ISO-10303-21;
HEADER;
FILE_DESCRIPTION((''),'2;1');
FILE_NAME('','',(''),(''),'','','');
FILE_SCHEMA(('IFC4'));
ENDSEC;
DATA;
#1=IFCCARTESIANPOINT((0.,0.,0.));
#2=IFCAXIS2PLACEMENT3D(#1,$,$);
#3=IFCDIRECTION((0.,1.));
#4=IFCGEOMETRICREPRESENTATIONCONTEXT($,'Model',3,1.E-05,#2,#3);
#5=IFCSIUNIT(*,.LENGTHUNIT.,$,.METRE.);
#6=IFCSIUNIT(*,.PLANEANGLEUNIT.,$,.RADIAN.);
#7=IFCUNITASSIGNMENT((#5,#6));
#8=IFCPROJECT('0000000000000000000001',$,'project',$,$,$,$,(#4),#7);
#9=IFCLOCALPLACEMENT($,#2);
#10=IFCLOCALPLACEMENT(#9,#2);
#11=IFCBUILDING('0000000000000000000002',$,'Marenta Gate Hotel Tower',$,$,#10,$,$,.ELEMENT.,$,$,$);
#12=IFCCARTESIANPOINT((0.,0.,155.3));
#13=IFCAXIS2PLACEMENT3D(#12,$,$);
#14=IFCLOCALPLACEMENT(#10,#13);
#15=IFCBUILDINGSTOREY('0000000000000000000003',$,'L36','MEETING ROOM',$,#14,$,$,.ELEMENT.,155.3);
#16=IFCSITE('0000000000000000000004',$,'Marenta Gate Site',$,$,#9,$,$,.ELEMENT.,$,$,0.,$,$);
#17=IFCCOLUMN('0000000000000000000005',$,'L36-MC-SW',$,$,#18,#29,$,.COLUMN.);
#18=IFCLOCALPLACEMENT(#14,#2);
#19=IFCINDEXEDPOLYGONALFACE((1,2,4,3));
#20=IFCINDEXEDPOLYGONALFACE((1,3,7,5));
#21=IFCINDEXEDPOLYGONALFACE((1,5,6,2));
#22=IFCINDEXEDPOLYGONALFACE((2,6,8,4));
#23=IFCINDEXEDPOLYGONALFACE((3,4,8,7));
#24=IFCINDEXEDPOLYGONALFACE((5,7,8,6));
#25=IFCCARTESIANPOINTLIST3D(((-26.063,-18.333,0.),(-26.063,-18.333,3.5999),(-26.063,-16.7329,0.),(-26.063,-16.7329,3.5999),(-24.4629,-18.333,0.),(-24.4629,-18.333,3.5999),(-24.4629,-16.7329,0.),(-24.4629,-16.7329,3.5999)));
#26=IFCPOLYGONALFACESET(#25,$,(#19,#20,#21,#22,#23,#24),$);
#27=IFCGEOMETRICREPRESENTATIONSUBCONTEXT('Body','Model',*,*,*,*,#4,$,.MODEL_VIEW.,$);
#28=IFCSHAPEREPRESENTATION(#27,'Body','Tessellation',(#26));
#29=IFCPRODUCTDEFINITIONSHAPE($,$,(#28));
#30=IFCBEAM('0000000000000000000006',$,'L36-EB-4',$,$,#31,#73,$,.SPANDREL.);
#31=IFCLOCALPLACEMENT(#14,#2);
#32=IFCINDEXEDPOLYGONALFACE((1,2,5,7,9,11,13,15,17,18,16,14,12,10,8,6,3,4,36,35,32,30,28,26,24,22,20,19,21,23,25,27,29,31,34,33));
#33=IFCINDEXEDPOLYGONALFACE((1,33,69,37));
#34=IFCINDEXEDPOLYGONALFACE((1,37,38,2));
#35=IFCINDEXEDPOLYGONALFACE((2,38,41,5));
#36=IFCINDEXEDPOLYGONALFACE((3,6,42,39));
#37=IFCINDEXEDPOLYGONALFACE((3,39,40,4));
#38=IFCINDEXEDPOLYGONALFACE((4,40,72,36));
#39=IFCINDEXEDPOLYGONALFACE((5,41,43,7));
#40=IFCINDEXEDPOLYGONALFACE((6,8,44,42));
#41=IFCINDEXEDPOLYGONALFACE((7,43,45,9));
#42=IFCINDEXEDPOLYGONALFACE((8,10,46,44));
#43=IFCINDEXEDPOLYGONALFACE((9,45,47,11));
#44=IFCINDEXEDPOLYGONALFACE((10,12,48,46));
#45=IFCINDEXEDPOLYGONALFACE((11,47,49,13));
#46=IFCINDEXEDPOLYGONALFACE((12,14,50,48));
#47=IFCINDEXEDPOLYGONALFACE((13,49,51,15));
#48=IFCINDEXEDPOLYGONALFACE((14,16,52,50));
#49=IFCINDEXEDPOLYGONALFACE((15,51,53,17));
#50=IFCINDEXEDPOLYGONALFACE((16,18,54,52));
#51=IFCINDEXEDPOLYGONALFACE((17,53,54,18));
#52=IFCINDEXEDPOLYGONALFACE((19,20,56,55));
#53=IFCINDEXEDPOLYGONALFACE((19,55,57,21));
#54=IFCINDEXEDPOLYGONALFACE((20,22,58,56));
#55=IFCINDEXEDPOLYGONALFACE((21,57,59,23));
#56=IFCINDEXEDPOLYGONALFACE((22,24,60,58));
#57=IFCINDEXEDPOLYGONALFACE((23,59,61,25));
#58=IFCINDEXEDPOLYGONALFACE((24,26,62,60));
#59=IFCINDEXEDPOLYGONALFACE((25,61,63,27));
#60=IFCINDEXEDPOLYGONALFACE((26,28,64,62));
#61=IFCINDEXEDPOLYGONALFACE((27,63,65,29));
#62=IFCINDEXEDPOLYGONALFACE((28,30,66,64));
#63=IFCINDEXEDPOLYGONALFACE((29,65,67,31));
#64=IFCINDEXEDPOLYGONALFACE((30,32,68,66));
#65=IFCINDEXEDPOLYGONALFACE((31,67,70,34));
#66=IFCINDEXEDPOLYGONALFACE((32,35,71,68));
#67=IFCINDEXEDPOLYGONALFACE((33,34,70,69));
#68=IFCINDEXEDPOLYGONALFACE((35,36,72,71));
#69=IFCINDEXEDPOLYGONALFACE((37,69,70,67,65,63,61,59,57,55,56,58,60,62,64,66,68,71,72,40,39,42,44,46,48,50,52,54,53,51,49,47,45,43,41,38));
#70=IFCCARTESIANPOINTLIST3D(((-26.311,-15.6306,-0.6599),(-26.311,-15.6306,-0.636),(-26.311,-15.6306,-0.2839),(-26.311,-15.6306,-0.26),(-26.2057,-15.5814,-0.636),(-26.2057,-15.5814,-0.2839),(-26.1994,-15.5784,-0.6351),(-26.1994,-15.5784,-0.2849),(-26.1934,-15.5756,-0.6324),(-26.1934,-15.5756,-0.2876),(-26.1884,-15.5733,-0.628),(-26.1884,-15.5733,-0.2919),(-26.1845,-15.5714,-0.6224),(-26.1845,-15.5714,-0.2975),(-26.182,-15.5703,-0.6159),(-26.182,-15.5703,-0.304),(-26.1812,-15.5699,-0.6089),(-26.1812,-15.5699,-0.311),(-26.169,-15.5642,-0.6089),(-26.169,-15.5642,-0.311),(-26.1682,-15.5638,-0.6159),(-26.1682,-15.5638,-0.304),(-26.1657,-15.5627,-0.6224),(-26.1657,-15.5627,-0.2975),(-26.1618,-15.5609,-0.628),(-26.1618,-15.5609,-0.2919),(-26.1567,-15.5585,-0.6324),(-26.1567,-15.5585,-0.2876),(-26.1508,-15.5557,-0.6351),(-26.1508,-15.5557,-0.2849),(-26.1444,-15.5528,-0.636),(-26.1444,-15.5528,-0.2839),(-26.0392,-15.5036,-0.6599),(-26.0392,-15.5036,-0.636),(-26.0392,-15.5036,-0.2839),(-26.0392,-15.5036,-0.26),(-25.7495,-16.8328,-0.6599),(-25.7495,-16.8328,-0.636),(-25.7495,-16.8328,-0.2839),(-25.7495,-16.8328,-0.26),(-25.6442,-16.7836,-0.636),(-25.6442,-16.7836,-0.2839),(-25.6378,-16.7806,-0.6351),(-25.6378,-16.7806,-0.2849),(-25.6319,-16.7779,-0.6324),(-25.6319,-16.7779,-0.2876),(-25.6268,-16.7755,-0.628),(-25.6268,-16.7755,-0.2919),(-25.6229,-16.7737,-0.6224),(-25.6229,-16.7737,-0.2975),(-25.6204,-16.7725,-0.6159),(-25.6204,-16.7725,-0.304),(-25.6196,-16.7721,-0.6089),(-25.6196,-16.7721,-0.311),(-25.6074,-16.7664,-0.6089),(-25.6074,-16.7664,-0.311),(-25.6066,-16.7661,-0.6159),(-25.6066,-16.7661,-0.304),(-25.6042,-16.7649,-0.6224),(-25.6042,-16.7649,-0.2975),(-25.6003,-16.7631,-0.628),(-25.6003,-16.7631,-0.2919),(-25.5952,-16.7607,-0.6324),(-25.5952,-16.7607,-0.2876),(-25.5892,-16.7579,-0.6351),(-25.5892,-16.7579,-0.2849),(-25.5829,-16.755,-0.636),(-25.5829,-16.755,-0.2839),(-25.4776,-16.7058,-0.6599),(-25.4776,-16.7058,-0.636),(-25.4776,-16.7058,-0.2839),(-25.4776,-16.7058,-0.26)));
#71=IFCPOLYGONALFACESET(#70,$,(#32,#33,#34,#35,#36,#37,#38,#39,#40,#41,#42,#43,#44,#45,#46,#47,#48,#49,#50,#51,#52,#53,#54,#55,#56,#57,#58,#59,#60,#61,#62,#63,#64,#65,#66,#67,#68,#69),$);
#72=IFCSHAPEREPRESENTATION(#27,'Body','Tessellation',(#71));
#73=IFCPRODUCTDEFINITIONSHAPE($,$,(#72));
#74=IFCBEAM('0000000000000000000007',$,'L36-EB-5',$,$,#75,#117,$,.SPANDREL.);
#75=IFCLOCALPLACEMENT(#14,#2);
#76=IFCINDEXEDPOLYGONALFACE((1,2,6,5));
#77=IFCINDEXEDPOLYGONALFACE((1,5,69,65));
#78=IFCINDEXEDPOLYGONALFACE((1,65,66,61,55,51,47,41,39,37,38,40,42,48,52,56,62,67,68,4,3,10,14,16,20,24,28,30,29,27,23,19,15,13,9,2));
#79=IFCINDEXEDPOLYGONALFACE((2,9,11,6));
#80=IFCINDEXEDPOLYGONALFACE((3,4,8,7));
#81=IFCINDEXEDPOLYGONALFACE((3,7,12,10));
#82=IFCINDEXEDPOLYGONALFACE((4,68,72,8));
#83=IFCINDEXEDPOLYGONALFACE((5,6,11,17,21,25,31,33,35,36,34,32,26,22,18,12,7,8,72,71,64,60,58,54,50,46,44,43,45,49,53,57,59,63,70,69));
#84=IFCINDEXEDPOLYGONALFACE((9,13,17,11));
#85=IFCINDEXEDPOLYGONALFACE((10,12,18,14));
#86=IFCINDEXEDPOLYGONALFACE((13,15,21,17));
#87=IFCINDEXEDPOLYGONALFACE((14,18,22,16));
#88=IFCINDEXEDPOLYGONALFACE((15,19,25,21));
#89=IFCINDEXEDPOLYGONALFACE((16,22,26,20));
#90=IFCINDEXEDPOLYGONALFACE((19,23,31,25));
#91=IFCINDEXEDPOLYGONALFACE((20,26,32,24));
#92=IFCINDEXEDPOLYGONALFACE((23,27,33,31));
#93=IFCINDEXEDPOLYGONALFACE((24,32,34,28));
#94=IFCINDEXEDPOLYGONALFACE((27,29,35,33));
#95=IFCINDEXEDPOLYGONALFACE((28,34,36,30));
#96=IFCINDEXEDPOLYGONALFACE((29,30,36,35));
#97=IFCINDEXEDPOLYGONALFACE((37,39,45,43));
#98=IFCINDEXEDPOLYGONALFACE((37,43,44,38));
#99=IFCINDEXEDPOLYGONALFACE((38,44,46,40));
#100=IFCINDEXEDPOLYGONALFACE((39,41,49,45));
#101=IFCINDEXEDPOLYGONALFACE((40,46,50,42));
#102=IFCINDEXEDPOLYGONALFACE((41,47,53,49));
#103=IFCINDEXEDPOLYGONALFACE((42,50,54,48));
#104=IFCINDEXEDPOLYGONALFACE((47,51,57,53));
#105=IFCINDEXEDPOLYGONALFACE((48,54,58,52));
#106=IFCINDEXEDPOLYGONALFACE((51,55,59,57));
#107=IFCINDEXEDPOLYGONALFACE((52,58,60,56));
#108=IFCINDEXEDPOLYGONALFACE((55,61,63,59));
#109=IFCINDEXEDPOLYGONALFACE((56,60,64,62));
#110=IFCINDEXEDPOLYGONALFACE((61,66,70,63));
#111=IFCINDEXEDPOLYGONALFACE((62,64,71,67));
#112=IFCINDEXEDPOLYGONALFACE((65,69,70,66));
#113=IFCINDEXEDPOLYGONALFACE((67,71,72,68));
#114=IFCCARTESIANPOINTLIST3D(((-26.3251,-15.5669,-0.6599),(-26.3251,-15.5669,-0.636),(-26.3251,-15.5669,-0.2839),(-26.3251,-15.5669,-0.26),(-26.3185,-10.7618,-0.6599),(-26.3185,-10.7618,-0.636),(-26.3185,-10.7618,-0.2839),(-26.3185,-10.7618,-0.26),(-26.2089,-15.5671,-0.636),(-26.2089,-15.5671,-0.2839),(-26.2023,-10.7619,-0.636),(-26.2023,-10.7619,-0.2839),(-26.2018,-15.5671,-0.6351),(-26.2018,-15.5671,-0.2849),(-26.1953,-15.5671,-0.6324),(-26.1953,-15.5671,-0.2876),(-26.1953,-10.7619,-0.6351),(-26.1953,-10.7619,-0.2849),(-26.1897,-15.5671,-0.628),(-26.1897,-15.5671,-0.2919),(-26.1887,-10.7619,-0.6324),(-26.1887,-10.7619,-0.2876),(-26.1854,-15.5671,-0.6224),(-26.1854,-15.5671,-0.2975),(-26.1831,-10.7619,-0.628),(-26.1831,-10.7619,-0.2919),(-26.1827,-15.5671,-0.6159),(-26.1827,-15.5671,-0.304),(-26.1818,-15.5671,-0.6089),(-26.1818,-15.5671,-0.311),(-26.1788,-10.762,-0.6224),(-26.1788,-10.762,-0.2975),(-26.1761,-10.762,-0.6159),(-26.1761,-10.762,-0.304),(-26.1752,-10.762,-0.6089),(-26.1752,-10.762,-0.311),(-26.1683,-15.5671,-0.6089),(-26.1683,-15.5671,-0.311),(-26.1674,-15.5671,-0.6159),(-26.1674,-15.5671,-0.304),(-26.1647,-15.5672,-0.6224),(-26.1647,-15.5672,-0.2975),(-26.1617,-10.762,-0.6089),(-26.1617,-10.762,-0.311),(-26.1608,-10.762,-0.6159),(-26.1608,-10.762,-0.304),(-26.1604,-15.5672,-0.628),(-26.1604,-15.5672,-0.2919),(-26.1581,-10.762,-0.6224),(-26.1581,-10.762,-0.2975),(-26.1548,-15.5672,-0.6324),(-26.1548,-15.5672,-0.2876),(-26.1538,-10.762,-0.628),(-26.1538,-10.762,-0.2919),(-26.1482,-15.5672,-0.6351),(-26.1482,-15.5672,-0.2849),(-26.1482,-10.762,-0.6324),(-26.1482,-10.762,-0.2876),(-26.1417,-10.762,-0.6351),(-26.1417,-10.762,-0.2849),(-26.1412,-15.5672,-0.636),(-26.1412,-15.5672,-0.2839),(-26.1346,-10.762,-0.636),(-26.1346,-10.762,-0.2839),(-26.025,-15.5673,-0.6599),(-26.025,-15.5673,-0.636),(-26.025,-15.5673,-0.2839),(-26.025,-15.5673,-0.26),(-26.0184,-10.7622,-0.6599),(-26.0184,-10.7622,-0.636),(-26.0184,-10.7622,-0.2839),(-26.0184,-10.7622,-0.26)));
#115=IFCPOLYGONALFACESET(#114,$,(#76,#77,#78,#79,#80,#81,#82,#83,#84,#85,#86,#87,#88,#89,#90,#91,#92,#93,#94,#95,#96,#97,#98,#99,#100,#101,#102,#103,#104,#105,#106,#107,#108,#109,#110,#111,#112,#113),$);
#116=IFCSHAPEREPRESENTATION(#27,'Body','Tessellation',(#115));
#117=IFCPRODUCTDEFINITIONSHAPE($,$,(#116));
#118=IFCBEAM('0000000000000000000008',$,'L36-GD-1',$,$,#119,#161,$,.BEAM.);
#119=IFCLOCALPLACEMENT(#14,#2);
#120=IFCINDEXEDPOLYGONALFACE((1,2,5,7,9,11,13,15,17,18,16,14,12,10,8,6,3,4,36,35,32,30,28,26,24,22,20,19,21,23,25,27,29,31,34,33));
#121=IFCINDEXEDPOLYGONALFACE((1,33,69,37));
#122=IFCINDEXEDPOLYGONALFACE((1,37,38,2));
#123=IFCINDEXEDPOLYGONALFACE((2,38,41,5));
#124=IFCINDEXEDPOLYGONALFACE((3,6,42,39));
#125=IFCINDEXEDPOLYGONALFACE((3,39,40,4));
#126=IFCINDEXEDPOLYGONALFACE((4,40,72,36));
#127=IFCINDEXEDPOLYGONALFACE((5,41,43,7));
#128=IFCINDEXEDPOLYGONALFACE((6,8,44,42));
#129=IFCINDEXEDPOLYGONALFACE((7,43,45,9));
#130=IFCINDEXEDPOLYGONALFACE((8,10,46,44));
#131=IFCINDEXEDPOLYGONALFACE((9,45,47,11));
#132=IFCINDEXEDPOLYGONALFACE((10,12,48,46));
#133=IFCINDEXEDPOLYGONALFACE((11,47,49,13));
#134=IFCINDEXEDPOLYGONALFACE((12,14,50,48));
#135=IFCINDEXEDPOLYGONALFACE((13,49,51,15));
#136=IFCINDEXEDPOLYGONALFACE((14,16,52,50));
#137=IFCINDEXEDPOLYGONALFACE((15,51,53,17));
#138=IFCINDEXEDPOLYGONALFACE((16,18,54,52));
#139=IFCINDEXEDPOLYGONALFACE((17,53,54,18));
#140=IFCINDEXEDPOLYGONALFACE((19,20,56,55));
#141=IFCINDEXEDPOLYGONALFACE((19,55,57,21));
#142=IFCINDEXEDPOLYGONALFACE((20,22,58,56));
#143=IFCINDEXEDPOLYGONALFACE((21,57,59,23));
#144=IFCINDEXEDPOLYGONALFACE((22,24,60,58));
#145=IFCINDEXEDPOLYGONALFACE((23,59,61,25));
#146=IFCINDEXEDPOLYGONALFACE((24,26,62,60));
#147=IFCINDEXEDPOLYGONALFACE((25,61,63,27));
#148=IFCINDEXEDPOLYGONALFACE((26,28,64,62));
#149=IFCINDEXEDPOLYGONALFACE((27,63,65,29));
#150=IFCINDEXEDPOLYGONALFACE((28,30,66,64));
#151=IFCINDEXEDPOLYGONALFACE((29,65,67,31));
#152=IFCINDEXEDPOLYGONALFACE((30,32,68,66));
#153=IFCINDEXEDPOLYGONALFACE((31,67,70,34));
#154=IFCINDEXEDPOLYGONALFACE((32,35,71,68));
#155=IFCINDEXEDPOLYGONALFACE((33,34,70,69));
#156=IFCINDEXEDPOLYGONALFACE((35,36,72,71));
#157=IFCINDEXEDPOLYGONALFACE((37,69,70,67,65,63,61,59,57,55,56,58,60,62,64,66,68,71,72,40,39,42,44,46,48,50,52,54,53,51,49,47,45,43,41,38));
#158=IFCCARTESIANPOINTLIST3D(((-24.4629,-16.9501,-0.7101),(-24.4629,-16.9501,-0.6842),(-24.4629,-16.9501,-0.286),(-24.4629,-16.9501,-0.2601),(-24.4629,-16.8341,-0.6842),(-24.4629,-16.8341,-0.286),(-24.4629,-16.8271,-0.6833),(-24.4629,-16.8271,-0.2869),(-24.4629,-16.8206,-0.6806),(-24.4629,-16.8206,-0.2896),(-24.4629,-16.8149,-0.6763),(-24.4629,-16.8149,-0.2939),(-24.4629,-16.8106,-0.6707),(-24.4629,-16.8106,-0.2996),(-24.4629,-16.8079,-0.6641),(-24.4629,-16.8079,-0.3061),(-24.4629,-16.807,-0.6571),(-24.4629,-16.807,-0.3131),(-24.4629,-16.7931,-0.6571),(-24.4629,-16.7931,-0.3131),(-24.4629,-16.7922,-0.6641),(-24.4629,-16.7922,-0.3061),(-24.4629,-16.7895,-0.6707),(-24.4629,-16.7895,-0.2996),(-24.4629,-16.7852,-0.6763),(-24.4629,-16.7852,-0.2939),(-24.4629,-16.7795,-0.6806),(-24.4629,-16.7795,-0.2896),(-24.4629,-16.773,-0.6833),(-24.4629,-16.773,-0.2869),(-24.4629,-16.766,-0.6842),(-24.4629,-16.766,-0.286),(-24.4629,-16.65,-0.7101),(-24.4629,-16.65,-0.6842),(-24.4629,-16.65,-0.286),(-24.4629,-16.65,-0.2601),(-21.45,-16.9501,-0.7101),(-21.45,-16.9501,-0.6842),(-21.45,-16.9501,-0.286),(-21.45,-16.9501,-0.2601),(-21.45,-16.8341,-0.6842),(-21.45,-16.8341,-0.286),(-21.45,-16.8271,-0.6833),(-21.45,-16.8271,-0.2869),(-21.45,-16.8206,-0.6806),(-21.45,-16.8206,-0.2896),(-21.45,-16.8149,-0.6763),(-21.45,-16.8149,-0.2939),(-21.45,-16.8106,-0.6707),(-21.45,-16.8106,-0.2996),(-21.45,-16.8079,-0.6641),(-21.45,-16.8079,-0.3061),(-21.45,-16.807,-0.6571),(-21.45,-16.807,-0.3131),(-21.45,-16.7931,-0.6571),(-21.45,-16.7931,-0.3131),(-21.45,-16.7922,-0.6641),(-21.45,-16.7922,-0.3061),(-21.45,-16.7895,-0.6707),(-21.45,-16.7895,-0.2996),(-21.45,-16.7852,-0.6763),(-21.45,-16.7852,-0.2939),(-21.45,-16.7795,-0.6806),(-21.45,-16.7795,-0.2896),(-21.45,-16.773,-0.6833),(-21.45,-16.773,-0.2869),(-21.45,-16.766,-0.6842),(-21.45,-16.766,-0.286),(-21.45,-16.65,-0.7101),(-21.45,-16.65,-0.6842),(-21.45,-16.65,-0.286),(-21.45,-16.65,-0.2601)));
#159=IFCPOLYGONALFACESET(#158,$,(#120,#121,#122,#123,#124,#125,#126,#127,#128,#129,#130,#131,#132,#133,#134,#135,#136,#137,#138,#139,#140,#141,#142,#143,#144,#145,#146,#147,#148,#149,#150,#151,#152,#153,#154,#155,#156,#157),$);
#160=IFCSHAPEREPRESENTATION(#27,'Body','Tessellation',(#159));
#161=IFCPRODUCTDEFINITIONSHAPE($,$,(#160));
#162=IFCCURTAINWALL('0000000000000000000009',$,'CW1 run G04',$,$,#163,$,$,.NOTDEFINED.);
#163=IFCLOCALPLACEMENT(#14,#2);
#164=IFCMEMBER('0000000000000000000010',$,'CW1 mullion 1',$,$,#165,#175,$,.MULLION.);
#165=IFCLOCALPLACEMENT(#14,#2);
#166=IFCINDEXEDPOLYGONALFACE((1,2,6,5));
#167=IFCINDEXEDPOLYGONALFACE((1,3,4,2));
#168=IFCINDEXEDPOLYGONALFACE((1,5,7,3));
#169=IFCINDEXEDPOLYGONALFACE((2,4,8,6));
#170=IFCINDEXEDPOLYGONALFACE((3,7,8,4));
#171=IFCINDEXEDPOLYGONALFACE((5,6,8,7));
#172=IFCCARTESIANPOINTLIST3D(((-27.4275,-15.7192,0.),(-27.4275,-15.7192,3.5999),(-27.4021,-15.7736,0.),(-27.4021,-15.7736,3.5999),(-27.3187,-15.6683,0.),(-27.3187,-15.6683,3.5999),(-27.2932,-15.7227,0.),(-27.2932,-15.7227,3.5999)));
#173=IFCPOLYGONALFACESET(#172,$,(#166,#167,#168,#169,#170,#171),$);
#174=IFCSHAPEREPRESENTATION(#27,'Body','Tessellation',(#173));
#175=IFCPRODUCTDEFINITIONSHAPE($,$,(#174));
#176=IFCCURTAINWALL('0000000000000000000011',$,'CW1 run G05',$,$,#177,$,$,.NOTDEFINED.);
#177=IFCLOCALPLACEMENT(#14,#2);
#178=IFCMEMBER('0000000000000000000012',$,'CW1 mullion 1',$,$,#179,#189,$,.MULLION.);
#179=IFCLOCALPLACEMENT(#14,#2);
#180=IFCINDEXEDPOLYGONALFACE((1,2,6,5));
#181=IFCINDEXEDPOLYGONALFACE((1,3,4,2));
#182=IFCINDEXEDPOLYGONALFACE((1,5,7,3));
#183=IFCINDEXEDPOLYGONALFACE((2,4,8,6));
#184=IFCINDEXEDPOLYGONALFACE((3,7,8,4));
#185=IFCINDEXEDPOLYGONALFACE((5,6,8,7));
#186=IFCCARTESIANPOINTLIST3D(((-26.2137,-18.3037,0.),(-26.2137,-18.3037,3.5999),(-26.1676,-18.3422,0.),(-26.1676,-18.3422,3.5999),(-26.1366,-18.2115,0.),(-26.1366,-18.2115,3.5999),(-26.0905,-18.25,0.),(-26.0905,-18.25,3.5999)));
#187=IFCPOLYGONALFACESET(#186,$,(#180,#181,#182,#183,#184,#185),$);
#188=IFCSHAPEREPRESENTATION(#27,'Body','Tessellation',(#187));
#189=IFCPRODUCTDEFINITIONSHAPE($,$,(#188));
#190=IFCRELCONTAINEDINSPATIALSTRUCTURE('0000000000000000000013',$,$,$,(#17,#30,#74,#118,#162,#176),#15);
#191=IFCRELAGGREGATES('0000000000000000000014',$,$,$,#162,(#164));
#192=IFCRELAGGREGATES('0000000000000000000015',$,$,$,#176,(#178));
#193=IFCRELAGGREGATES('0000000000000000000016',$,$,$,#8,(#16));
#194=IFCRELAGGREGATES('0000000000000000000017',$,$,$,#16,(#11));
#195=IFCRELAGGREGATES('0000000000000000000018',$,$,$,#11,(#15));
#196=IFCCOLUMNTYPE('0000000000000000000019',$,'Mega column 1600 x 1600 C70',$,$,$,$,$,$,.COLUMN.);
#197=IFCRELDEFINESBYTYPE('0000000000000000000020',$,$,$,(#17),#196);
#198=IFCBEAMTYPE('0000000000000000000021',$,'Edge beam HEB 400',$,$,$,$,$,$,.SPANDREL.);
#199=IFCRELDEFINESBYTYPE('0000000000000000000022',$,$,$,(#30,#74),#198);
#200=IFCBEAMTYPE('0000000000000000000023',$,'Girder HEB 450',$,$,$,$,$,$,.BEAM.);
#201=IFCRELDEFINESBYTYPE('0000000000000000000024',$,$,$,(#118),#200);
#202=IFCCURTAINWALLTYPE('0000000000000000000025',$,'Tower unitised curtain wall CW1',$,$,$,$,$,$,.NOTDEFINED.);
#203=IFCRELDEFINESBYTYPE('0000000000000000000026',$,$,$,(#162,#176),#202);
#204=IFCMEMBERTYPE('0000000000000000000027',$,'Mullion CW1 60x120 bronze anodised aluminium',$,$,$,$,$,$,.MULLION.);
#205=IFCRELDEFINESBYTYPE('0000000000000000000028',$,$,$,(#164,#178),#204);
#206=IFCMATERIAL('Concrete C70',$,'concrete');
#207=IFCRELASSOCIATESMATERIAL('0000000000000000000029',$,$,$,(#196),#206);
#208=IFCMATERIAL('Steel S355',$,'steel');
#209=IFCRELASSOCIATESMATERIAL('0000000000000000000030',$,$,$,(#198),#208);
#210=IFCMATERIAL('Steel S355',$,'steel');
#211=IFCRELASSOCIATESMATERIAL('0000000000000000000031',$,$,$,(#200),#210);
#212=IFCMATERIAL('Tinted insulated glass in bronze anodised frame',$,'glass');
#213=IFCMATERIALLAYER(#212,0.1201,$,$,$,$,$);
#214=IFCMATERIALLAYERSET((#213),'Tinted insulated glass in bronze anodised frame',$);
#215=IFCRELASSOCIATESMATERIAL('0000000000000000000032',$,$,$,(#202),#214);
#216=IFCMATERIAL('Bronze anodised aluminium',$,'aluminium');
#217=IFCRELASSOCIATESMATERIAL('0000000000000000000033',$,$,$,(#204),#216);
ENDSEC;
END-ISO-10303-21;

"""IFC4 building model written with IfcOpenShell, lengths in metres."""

from ifc_helpers import new_model, si_unit, direction, frame, origin, origin_2d, place, context, subcontext, project, spatial, rectangle, i_section, extrude, material, layer, layer_set, material_profile, profile_set, type_object, element, aggregate, save


model = new_model("IFC4")

# Units and contexts
model_context = context("Model", 3, precision=1e-05, world=origin(), true_north=direction((0.0, 1.0)))
body_context = subcontext(model_context, "Body", "Model", "MODEL_VIEW")
ifc_project = project(units=[si_unit("LENGTHUNIT", "METRE"), si_unit("PLANEANGLEUNIT", "RADIAN")], contexts=[model_context])

# Site, building, storey
site_placement = place(None, origin())
site = spatial("IfcSite", under=ifc_project, at=site_placement, Name="Marenta Gate Site", CompositionType="ELEMENT", RefElevation=0.0)
building_placement = place(site_placement, origin())
building = spatial("IfcBuilding", under=site, at=building_placement, Name="Marenta Gate Hotel Tower", CompositionType="ELEMENT")
storey_placement = place(building_placement, frame((0.0, 0.0, 155.3)))
storey = spatial("IfcBuildingStorey", under=building, at=storey_placement, Name="L36", Description="MEETING ROOM", CompositionType="ELEMENT", Elevation=155.3)

# Column
ifc_material_1 = material(Name="Concrete C70", Category="concrete")
ifc_material_profile_1 = material_profile(ifc_material_1, rectangle(XDim=1.6001, YDim=1.6001, at=origin_2d()), Name="1600 x 1600")
ifc_profile_set_1 = profile_set([ifc_material_profile_1], Name="Concrete C70")
column_type = type_object("IfcColumnType", Name="Mega column 1600 x 1600 C70", PredefinedType="COLUMN", material=ifc_profile_set_1)
column_placement = place(storey_placement, frame((-25.2629, -17.533, 0.0), z_axis=(0.0, 0.0, 1.0), x_axis=(1.0, 0.0, 0.0)))
element("IfcColumn", 1, at=column_placement, inside=storey, type_object=column_type, Name="L36-MC-SW", PredefinedType="COLUMN", context=body_context, shape_type="SweptSolid", body=[
    extrude(rectangle(XDim=1.6001, YDim=1.6001, at=origin_2d()), origin(), (0.0, 0.0, 1.0), 3.5999),
])

# Beams
ifc_material_2 = material(Name="Steel S355", Category="steel")
ifc_material_profile_2 = material_profile(ifc_material_2, i_section(OverallWidth=0.3, OverallDepth=0.3999, WebThickness=0.0134, FlangeThickness=0.0239, FilletRadius=0.0271, at=origin_2d()), Name="HEB 400")
ifc_profile_set_2 = profile_set([ifc_material_profile_2], Name="Steel S355")
beam_type_1 = type_object("IfcBeamType", Name="Edge beam HEB 400", PredefinedType="SPANDREL", material=ifc_profile_set_2)
beam_1_placement = place(storey_placement, frame((-25.6135, -16.7693, -0.46), z_axis=(-0.423208, 0.906033, 0.0), x_axis=(-0.906033, -0.423208, 0.0)))
element("IfcBeam", 2, at=beam_1_placement, inside=storey, type_object=beam_type_1, Name="L36-EB-4", PredefinedType="SPANDREL", context=body_context, shape_type="SweptSolid", body=[
    extrude(i_section(OverallWidth=0.3, OverallDepth=0.3999, WebThickness=0.0134, FlangeThickness=0.0239, FilletRadius=0.0271, at=origin_2d()), origin(), (0.0, 0.0, 1.0), 1.3269),
])
beam_2_placement = place(storey_placement, frame((-26.175, -15.5671, -0.46), z_axis=(0.001372, 0.999999, 0.0), x_axis=(-0.999999, 0.001372, 0.0)))
element("IfcBeam", 3, at=beam_2_placement, inside=storey, type_object=beam_type_1, Name="L36-EB-5", PredefinedType="SPANDREL", context=body_context, shape_type="SweptSolid", body=[
    extrude(i_section(OverallWidth=0.3, OverallDepth=0.3999, WebThickness=0.0134, FlangeThickness=0.0239, FilletRadius=0.0271, at=origin_2d()), origin(), (0.0, 0.0, 1.0), 4.8052),
])
ifc_material_3 = material(Name="Steel S355", Category="steel")
ifc_material_profile_3 = material_profile(ifc_material_3, i_section(OverallWidth=0.3, OverallDepth=0.45, WebThickness=0.0139, FlangeThickness=0.0259, FilletRadius=0.0271, at=origin_2d()), Name="HEB 450")
ifc_profile_set_3 = profile_set([ifc_material_profile_3], Name="Steel S355")
beam_type_2 = type_object("IfcBeamType", Name="Girder HEB 450", PredefinedType="BEAM", material=ifc_profile_set_3)
beam_3_placement = place(storey_placement, frame((-24.4629, -16.8, -0.4851), z_axis=(1.0, 0.0, 0.0), x_axis=(0.0, 1.0, 0.0)))
element("IfcBeam", 4, at=beam_3_placement, inside=storey, type_object=beam_type_2, Name="L36-GD-1", PredefinedType="BEAM", context=body_context, shape_type="SweptSolid", body=[
    extrude(i_section(OverallWidth=0.3, OverallDepth=0.45, WebThickness=0.0139, FlangeThickness=0.0259, FilletRadius=0.0271, at=origin_2d()), origin(), (0.0, 0.0, 1.0), 3.0129),
])

# Curtain walls, members
ifc_material_4 = material(Name="Tinted insulated glass in bronze anodised frame", Category="glass")
ifc_layer_1 = layer(ifc_material_4, 0.1201)
ifc_layer_set_1 = layer_set([ifc_layer_1], Name="Tinted insulated glass in bronze anodised frame")
curtain_wall_type = type_object("IfcCurtainWallType", Name="Tower unitised curtain wall CW1", PredefinedType="NOTDEFINED", material=ifc_layer_set_1)
curtain_wall_1_placement = place(storey_placement, origin())
curtain_wall_1 = element("IfcCurtainWall", 5, at=curtain_wall_1_placement, inside=storey, type_object=curtain_wall_type, Name="CW1 run G04", PredefinedType="NOTDEFINED")
ifc_material_5 = material(Name="Bronze anodised aluminium", Category="aluminium")
ifc_material_profile_4 = material_profile(ifc_material_5, rectangle(XDim=0.1201, YDim=0.0601, at=origin_2d()), Name="Mullion CW1 60x120 bronze anodised aluminium")
ifc_profile_set_4 = profile_set([ifc_material_profile_4], Name="Bronze anodised aluminium")
member_type_1 = type_object("IfcMemberType", Name="Mullion CW1 60x120 bronze anodised aluminium", PredefinedType="MULLION", material=ifc_profile_set_4)
member_1_placement = place(storey_placement, frame((-27.3604, -15.7209, 0.0), z_axis=(0.0, 0.0, 1.0), x_axis=(0.905972, 0.423338, 0.0)))
member_1 = element("IfcMember", 6, at=member_1_placement, type_object=member_type_1, Name="CW1 mullion 1", PredefinedType="MULLION", context=body_context, shape_type="SweptSolid", body=[
    extrude(rectangle(XDim=0.1201, YDim=0.0601, at=origin_2d()), origin(), (0.0, 0.0, 1.0), 3.5999),
])
curtain_wall_2_placement = place(storey_placement, origin())
curtain_wall_2 = element("IfcCurtainWall", 7, at=curtain_wall_2_placement, inside=storey, type_object=curtain_wall_type, Name="CW1 run G05", PredefinedType="NOTDEFINED")
member_2_placement = place(storey_placement, frame((-26.1521, -18.2769, 0.0), z_axis=(0.0, 0.0, 1.0), x_axis=(0.641512, 0.767113, 0.0)))
member_2 = element("IfcMember", 8, at=member_2_placement, type_object=member_type_1, Name="CW1 mullion 1", PredefinedType="MULLION", context=body_context, shape_type="SweptSolid", body=[
    extrude(rectangle(XDim=0.1201, YDim=0.0601, at=origin_2d()), origin(), (0.0, 0.0, 1.0), 3.5999),
])

aggregate(curtain_wall_1, [member_1])
aggregate(curtain_wall_2, [member_2])

save(model, "model.ifc")
